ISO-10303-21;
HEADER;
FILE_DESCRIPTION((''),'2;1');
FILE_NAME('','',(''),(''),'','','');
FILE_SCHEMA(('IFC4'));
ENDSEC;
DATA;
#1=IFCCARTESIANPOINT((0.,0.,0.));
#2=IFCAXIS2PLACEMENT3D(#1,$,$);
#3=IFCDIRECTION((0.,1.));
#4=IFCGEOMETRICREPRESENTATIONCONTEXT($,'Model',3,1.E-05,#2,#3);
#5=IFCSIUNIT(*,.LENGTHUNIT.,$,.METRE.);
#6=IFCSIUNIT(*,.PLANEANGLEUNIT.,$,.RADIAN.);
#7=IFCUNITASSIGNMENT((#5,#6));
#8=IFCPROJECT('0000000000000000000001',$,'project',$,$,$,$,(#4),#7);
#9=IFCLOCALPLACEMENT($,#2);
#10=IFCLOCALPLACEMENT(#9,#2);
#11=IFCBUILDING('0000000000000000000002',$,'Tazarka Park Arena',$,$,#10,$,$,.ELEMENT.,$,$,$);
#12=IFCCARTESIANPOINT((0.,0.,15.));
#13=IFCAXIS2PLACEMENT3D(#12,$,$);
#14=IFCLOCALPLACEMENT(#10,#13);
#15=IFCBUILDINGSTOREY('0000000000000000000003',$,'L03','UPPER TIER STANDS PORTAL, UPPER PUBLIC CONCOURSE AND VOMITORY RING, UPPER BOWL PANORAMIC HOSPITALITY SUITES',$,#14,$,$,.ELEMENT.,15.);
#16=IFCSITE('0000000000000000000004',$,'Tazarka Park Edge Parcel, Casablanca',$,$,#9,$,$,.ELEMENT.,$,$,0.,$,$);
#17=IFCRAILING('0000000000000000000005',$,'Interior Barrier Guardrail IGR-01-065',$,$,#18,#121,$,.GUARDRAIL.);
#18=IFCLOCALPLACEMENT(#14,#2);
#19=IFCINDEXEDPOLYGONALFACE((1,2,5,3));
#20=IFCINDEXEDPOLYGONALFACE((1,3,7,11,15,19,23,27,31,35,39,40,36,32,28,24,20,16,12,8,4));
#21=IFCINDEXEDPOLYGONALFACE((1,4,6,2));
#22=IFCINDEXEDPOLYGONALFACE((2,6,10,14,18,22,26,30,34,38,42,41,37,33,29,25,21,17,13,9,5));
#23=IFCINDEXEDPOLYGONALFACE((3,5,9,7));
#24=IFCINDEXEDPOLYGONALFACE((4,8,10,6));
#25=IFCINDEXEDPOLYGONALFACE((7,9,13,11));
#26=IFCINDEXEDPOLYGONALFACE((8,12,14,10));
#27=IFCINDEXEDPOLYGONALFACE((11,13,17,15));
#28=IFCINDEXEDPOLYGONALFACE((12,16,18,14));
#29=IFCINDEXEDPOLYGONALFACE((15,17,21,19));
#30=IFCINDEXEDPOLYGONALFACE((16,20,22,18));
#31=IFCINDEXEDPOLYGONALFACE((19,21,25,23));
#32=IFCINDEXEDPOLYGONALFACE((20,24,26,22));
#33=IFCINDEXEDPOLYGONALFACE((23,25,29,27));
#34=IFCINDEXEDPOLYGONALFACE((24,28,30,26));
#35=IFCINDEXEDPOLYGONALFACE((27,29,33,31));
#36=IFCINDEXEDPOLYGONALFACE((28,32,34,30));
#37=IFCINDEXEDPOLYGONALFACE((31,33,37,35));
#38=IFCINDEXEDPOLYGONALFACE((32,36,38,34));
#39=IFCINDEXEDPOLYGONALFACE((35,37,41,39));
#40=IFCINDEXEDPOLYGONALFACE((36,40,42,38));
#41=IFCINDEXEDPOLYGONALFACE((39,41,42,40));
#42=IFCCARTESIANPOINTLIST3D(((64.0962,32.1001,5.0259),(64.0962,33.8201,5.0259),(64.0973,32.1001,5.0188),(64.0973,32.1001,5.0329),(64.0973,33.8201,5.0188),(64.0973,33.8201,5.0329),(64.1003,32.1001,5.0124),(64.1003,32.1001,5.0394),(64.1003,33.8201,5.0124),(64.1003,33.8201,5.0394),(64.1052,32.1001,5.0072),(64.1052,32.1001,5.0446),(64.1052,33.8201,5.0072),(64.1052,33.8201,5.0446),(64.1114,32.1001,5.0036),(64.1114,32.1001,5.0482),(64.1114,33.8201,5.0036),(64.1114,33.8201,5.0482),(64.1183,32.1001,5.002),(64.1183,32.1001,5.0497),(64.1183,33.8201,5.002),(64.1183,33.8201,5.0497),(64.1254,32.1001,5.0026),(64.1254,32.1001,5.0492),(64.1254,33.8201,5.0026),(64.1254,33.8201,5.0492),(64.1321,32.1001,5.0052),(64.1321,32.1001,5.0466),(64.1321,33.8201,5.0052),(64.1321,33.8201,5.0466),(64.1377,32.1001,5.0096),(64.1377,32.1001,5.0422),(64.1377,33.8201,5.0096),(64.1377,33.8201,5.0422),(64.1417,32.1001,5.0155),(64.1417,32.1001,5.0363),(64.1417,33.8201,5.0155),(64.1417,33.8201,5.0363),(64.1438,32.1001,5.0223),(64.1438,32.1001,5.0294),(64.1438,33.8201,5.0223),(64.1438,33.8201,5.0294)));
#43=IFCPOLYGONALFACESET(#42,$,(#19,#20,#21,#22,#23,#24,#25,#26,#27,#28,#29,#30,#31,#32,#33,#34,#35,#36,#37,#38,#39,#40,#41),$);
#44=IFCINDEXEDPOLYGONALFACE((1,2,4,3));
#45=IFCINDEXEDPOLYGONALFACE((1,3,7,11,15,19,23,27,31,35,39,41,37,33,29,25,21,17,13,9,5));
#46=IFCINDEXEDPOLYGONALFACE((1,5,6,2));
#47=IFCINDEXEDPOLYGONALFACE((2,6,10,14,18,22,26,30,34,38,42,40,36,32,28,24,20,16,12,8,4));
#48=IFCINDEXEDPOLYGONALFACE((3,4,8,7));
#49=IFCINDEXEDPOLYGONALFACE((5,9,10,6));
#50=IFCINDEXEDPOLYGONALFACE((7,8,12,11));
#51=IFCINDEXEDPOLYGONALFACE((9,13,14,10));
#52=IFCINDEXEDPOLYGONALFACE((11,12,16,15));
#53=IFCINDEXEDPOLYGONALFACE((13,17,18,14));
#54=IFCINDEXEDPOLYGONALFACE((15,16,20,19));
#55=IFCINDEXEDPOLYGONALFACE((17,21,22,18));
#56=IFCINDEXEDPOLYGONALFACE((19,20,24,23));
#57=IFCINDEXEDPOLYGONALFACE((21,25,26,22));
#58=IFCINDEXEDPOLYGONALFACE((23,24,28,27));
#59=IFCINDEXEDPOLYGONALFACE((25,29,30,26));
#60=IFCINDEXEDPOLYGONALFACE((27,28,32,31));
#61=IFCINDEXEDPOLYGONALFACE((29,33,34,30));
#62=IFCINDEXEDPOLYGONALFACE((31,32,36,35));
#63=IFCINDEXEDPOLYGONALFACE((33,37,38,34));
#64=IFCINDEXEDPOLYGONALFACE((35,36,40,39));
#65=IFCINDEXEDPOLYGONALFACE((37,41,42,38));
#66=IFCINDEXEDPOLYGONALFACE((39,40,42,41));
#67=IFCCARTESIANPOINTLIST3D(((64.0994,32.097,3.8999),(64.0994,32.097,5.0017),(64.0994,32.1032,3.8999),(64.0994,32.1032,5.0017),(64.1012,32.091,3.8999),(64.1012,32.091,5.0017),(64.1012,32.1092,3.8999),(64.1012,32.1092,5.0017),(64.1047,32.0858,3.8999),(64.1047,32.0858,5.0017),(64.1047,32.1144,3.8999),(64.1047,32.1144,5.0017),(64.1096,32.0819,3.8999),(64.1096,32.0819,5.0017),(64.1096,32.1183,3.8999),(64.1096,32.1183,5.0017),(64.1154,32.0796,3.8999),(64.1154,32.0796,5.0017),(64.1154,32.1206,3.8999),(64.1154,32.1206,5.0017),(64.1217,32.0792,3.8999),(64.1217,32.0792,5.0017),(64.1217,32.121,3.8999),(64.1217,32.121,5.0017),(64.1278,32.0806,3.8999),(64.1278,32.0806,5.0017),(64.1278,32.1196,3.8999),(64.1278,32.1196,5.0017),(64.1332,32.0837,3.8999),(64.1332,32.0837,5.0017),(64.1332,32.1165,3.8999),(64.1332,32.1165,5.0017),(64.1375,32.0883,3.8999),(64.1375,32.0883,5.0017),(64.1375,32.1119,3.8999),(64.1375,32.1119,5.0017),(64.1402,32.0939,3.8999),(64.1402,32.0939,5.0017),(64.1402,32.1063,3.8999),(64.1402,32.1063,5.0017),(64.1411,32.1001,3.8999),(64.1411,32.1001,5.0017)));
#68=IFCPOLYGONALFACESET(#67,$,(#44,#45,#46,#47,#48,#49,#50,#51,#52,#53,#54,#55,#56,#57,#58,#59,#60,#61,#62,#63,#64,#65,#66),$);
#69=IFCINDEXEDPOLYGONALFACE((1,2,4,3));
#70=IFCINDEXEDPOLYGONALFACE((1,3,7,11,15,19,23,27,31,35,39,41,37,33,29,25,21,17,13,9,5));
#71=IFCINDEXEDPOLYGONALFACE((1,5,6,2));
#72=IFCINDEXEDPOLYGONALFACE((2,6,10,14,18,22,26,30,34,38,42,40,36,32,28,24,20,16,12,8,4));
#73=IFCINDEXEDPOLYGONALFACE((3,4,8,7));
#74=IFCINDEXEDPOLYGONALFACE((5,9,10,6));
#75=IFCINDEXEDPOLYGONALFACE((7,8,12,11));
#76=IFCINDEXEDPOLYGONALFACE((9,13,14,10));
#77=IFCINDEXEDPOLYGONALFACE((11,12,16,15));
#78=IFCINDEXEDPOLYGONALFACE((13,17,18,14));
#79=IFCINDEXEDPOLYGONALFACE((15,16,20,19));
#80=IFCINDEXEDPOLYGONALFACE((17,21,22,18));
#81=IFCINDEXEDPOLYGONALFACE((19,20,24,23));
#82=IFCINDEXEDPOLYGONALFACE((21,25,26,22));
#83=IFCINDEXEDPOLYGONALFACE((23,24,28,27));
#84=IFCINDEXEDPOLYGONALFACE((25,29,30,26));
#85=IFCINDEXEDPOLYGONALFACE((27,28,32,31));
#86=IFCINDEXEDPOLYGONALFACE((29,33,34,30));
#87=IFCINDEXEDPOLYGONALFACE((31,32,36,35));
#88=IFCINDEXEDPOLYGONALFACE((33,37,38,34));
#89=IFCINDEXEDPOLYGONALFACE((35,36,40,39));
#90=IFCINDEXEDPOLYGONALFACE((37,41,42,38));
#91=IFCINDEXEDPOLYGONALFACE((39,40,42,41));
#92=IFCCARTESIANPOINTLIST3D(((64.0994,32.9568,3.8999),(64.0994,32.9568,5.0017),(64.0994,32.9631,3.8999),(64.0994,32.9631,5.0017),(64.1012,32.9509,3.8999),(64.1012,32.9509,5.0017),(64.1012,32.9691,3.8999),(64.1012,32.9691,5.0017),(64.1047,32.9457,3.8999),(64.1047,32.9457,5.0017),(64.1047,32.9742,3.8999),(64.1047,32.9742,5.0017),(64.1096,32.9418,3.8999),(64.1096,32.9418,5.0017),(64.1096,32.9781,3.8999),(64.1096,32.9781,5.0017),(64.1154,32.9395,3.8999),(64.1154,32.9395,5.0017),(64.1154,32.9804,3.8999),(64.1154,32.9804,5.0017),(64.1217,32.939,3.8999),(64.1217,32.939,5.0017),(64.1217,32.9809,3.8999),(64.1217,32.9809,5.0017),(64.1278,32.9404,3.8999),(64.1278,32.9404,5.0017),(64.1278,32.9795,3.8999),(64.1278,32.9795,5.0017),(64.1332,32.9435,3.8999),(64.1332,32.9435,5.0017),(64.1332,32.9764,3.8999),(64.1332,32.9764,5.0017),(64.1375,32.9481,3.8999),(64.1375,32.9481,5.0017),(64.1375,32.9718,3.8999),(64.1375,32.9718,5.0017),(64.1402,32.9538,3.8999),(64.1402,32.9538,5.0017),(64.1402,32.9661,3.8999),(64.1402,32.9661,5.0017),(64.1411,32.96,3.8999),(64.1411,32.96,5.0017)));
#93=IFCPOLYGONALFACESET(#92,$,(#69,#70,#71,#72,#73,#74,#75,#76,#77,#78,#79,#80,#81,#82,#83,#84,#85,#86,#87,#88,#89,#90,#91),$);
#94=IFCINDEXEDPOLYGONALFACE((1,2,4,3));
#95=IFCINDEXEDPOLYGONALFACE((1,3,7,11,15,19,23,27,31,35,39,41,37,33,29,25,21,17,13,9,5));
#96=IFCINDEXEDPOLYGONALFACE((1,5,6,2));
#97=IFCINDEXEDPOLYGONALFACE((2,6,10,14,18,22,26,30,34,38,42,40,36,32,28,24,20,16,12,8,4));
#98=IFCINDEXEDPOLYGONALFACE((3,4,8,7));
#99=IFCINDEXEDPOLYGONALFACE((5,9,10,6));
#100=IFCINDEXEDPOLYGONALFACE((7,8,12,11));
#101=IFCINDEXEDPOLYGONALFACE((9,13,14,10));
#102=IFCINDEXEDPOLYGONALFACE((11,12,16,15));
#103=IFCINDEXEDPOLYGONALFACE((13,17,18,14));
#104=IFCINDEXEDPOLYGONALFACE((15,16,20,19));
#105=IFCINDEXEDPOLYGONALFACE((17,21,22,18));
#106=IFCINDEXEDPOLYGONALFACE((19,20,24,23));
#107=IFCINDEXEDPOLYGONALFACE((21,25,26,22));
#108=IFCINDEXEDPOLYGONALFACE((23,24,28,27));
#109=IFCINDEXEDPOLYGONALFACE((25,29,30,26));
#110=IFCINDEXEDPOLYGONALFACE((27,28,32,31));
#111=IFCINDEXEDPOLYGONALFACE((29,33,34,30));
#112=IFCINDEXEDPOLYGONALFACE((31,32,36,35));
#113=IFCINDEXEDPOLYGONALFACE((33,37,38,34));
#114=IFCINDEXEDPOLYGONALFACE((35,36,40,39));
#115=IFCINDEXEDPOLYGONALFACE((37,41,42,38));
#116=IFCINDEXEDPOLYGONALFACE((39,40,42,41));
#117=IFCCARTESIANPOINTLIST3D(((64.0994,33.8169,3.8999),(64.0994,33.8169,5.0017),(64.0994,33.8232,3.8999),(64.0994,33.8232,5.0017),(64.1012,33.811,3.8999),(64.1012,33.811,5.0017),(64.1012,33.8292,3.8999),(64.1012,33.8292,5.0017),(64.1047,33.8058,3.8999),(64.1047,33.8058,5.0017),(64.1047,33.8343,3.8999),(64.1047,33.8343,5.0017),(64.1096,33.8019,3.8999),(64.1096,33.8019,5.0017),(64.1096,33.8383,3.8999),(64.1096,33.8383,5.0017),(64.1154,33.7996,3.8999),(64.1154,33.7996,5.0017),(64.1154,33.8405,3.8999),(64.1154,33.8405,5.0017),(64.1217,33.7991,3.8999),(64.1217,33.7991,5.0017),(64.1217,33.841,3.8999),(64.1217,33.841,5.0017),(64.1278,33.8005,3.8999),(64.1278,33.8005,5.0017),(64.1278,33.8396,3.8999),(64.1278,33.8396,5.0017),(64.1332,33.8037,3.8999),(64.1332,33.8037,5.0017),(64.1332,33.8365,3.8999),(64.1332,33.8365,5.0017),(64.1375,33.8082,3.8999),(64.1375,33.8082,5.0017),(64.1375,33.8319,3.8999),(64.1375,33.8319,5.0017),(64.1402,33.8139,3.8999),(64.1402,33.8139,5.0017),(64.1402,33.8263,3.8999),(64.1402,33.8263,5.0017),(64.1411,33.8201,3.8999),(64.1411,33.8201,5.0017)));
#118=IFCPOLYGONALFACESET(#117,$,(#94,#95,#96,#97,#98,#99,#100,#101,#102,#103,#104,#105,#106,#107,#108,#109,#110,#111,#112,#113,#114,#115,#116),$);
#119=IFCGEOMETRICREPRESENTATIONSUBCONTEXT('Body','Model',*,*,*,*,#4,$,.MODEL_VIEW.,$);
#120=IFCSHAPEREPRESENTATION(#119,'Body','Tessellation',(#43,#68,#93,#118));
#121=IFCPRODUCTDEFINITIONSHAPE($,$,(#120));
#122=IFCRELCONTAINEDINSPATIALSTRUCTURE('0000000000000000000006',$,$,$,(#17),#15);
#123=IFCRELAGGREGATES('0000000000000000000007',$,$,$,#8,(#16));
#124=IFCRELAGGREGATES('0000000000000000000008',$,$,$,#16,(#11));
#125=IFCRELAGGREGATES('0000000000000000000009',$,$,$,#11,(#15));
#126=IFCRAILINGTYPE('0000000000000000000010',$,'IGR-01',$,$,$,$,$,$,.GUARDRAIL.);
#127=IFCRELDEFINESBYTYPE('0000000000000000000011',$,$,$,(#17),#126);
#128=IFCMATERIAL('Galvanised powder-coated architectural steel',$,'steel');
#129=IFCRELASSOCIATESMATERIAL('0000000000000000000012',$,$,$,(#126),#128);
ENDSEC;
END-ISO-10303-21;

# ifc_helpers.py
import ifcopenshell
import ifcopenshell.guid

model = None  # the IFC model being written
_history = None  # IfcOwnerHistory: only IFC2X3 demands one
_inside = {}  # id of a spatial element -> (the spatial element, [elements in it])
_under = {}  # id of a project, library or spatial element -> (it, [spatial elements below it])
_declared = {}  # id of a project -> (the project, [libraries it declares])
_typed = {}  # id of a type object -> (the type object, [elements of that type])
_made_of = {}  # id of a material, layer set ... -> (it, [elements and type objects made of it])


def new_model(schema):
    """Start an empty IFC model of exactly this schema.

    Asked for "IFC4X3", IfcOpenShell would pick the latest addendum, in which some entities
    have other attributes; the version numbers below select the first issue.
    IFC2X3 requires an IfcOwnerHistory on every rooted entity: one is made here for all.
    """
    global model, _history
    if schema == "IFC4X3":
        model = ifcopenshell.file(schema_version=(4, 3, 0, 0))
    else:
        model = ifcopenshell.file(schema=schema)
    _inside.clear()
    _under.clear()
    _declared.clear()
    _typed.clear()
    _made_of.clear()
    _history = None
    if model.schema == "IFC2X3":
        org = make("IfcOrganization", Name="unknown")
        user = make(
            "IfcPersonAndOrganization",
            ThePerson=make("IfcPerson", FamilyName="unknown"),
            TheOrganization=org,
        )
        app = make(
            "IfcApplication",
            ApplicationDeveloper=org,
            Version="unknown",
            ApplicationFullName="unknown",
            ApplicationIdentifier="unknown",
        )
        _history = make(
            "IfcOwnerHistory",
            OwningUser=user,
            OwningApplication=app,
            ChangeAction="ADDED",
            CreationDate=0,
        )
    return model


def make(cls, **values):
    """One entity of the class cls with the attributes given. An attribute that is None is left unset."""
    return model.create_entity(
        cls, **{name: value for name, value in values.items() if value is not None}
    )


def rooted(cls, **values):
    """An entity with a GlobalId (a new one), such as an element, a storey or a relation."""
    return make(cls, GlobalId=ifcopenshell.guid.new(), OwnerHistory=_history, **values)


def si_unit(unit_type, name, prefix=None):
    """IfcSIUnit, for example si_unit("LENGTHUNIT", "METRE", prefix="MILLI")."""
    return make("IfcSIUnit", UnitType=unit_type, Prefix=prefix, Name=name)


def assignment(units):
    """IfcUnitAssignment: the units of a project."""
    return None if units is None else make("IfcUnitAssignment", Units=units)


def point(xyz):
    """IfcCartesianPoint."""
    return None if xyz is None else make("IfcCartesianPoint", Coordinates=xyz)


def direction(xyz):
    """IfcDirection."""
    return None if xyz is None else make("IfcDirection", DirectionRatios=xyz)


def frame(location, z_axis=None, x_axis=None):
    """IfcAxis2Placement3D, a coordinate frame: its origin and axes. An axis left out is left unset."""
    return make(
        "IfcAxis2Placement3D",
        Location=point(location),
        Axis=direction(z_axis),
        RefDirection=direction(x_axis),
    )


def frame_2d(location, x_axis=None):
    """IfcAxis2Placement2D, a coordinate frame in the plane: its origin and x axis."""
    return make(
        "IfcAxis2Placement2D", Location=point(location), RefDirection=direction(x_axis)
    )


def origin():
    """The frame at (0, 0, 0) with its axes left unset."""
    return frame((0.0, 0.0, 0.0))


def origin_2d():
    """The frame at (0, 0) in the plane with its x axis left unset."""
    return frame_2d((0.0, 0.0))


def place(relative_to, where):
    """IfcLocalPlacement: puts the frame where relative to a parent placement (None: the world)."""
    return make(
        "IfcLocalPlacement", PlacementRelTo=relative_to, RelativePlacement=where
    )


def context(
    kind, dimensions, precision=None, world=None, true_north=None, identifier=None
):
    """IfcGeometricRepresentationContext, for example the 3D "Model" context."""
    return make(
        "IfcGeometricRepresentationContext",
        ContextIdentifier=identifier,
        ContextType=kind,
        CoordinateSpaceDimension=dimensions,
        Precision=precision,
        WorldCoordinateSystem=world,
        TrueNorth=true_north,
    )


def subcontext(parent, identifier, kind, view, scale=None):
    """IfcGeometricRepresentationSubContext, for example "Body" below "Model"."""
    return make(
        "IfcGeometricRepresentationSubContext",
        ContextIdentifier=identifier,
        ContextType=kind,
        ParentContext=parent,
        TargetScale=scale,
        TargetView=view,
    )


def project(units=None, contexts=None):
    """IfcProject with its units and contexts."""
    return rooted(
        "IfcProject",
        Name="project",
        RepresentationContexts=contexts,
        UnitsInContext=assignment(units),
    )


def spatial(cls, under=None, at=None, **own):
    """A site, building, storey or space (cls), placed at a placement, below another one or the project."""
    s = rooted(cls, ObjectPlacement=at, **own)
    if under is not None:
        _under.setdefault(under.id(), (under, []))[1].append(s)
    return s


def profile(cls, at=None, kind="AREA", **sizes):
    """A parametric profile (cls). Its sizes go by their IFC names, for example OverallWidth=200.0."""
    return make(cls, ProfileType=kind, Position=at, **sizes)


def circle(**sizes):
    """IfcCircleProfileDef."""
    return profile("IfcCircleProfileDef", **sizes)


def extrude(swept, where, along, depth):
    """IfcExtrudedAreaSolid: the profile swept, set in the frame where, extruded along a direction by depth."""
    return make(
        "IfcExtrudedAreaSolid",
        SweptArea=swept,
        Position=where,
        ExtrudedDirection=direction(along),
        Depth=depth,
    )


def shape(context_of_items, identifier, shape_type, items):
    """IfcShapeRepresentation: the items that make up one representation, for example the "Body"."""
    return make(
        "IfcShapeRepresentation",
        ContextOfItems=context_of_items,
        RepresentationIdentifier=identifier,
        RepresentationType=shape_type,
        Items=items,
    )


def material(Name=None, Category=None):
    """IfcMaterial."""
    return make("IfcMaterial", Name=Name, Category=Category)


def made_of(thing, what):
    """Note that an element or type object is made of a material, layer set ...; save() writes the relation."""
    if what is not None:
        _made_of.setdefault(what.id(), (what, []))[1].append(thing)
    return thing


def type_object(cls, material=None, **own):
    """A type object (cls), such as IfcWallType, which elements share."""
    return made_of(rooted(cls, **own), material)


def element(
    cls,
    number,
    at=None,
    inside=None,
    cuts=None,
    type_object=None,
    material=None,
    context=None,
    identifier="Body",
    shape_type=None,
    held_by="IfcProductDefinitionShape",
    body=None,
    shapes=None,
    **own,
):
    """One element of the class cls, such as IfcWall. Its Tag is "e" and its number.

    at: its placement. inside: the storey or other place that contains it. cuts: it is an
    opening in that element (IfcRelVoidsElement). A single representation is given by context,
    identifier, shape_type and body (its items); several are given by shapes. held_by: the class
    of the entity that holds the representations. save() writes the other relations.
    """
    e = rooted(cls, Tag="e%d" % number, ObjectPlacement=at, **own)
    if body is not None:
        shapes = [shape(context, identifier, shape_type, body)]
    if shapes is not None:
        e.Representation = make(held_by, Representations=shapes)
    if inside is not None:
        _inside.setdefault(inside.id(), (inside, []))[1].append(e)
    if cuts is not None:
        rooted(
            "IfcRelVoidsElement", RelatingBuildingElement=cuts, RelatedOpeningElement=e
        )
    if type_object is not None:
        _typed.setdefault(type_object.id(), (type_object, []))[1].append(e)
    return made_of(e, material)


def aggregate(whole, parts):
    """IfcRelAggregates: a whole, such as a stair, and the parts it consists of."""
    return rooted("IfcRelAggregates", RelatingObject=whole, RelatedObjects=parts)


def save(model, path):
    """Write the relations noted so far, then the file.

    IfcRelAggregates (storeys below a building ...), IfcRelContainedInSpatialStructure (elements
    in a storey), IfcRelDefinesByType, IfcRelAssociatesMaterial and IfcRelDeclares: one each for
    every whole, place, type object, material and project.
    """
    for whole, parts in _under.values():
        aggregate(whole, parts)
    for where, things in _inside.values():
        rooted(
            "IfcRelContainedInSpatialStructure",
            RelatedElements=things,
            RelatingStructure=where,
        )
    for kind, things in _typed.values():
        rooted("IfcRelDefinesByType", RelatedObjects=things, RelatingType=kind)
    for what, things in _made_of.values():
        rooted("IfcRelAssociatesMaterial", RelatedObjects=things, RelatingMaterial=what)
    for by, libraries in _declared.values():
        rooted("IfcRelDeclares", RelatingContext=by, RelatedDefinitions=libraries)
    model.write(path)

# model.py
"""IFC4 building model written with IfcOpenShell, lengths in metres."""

from ifc_helpers import new_model, si_unit, direction, frame, origin, origin_2d, place, context, subcontext, project, spatial, circle, extrude, material, type_object, element, save


model = new_model("IFC4")

# Units and contexts
model_context = context("Model", 3, precision=1e-05, world=origin(), true_north=direction((0.0, 1.0)))
body_context = subcontext(model_context, "Body", "Model", "MODEL_VIEW")
ifc_project = project(units=[si_unit("LENGTHUNIT", "METRE"), si_unit("PLANEANGLEUNIT", "RADIAN")], contexts=[model_context])

# Site, building, storey
site_placement = place(None, origin())
site = spatial("IfcSite", under=ifc_project, at=site_placement, Name="Tazarka Park Edge Parcel, Casablanca", CompositionType="ELEMENT", RefElevation=0.0)
building_placement = place(site_placement, origin())
building = spatial("IfcBuilding", under=site, at=building_placement, Name="Tazarka Park Arena", CompositionType="ELEMENT")
storey_placement = place(building_placement, frame((0.0, 0.0, 15.0)))
storey = spatial("IfcBuildingStorey", under=building, at=storey_placement, Name="L03", Description="UPPER TIER STANDS PORTAL, UPPER PUBLIC CONCOURSE AND VOMITORY RING, UPPER BOWL PANORAMIC HOSPITALITY SUITES", CompositionType="ELEMENT", Elevation=15.0)

# Railing
ifc_material_1 = material(Name="Galvanised powder-coated architectural steel", Category="steel")
railing_type_1 = type_object("IfcRailingType", Name="IGR-01", PredefinedType="GUARDRAIL", material=ifc_material_1)
for number, where, name in (
    (1, (64.1201, 32.1001, 3.8999), "Interior Barrier Guardrail IGR-01-065"),
):
    element("IfcRailing", number, at=place(storey_placement, frame(where)), inside=storey, type_object=railing_type_1, Name=name, PredefinedType="GUARDRAIL", context=body_context, shape_type="SweptSolid", body=[
        extrude(circle(Radius=0.0239, at=origin_2d()), frame((0.0, 0.0, 1.126), z_axis=(0.0, 1.0, 0.0), x_axis=(-1.0, 0.0, 0.0)), (0.0, 0.0, 1.0), 1.72),
        extrude(circle(Radius=0.021, at=origin_2d()), origin(), (0.0, 0.0, 1.0), 1.1018),
        extrude(circle(Radius=0.021, at=origin_2d()), frame((0.0, 0.8599, 0.0)), (0.0, 0.0, 1.0), 1.1018),
        extrude(circle(Radius=0.021, at=origin_2d()), frame((0.0, 1.72, 0.0)), (0.0, 0.0, 1.0), 1.1018),
    ])

save(model, "model.ifc")
